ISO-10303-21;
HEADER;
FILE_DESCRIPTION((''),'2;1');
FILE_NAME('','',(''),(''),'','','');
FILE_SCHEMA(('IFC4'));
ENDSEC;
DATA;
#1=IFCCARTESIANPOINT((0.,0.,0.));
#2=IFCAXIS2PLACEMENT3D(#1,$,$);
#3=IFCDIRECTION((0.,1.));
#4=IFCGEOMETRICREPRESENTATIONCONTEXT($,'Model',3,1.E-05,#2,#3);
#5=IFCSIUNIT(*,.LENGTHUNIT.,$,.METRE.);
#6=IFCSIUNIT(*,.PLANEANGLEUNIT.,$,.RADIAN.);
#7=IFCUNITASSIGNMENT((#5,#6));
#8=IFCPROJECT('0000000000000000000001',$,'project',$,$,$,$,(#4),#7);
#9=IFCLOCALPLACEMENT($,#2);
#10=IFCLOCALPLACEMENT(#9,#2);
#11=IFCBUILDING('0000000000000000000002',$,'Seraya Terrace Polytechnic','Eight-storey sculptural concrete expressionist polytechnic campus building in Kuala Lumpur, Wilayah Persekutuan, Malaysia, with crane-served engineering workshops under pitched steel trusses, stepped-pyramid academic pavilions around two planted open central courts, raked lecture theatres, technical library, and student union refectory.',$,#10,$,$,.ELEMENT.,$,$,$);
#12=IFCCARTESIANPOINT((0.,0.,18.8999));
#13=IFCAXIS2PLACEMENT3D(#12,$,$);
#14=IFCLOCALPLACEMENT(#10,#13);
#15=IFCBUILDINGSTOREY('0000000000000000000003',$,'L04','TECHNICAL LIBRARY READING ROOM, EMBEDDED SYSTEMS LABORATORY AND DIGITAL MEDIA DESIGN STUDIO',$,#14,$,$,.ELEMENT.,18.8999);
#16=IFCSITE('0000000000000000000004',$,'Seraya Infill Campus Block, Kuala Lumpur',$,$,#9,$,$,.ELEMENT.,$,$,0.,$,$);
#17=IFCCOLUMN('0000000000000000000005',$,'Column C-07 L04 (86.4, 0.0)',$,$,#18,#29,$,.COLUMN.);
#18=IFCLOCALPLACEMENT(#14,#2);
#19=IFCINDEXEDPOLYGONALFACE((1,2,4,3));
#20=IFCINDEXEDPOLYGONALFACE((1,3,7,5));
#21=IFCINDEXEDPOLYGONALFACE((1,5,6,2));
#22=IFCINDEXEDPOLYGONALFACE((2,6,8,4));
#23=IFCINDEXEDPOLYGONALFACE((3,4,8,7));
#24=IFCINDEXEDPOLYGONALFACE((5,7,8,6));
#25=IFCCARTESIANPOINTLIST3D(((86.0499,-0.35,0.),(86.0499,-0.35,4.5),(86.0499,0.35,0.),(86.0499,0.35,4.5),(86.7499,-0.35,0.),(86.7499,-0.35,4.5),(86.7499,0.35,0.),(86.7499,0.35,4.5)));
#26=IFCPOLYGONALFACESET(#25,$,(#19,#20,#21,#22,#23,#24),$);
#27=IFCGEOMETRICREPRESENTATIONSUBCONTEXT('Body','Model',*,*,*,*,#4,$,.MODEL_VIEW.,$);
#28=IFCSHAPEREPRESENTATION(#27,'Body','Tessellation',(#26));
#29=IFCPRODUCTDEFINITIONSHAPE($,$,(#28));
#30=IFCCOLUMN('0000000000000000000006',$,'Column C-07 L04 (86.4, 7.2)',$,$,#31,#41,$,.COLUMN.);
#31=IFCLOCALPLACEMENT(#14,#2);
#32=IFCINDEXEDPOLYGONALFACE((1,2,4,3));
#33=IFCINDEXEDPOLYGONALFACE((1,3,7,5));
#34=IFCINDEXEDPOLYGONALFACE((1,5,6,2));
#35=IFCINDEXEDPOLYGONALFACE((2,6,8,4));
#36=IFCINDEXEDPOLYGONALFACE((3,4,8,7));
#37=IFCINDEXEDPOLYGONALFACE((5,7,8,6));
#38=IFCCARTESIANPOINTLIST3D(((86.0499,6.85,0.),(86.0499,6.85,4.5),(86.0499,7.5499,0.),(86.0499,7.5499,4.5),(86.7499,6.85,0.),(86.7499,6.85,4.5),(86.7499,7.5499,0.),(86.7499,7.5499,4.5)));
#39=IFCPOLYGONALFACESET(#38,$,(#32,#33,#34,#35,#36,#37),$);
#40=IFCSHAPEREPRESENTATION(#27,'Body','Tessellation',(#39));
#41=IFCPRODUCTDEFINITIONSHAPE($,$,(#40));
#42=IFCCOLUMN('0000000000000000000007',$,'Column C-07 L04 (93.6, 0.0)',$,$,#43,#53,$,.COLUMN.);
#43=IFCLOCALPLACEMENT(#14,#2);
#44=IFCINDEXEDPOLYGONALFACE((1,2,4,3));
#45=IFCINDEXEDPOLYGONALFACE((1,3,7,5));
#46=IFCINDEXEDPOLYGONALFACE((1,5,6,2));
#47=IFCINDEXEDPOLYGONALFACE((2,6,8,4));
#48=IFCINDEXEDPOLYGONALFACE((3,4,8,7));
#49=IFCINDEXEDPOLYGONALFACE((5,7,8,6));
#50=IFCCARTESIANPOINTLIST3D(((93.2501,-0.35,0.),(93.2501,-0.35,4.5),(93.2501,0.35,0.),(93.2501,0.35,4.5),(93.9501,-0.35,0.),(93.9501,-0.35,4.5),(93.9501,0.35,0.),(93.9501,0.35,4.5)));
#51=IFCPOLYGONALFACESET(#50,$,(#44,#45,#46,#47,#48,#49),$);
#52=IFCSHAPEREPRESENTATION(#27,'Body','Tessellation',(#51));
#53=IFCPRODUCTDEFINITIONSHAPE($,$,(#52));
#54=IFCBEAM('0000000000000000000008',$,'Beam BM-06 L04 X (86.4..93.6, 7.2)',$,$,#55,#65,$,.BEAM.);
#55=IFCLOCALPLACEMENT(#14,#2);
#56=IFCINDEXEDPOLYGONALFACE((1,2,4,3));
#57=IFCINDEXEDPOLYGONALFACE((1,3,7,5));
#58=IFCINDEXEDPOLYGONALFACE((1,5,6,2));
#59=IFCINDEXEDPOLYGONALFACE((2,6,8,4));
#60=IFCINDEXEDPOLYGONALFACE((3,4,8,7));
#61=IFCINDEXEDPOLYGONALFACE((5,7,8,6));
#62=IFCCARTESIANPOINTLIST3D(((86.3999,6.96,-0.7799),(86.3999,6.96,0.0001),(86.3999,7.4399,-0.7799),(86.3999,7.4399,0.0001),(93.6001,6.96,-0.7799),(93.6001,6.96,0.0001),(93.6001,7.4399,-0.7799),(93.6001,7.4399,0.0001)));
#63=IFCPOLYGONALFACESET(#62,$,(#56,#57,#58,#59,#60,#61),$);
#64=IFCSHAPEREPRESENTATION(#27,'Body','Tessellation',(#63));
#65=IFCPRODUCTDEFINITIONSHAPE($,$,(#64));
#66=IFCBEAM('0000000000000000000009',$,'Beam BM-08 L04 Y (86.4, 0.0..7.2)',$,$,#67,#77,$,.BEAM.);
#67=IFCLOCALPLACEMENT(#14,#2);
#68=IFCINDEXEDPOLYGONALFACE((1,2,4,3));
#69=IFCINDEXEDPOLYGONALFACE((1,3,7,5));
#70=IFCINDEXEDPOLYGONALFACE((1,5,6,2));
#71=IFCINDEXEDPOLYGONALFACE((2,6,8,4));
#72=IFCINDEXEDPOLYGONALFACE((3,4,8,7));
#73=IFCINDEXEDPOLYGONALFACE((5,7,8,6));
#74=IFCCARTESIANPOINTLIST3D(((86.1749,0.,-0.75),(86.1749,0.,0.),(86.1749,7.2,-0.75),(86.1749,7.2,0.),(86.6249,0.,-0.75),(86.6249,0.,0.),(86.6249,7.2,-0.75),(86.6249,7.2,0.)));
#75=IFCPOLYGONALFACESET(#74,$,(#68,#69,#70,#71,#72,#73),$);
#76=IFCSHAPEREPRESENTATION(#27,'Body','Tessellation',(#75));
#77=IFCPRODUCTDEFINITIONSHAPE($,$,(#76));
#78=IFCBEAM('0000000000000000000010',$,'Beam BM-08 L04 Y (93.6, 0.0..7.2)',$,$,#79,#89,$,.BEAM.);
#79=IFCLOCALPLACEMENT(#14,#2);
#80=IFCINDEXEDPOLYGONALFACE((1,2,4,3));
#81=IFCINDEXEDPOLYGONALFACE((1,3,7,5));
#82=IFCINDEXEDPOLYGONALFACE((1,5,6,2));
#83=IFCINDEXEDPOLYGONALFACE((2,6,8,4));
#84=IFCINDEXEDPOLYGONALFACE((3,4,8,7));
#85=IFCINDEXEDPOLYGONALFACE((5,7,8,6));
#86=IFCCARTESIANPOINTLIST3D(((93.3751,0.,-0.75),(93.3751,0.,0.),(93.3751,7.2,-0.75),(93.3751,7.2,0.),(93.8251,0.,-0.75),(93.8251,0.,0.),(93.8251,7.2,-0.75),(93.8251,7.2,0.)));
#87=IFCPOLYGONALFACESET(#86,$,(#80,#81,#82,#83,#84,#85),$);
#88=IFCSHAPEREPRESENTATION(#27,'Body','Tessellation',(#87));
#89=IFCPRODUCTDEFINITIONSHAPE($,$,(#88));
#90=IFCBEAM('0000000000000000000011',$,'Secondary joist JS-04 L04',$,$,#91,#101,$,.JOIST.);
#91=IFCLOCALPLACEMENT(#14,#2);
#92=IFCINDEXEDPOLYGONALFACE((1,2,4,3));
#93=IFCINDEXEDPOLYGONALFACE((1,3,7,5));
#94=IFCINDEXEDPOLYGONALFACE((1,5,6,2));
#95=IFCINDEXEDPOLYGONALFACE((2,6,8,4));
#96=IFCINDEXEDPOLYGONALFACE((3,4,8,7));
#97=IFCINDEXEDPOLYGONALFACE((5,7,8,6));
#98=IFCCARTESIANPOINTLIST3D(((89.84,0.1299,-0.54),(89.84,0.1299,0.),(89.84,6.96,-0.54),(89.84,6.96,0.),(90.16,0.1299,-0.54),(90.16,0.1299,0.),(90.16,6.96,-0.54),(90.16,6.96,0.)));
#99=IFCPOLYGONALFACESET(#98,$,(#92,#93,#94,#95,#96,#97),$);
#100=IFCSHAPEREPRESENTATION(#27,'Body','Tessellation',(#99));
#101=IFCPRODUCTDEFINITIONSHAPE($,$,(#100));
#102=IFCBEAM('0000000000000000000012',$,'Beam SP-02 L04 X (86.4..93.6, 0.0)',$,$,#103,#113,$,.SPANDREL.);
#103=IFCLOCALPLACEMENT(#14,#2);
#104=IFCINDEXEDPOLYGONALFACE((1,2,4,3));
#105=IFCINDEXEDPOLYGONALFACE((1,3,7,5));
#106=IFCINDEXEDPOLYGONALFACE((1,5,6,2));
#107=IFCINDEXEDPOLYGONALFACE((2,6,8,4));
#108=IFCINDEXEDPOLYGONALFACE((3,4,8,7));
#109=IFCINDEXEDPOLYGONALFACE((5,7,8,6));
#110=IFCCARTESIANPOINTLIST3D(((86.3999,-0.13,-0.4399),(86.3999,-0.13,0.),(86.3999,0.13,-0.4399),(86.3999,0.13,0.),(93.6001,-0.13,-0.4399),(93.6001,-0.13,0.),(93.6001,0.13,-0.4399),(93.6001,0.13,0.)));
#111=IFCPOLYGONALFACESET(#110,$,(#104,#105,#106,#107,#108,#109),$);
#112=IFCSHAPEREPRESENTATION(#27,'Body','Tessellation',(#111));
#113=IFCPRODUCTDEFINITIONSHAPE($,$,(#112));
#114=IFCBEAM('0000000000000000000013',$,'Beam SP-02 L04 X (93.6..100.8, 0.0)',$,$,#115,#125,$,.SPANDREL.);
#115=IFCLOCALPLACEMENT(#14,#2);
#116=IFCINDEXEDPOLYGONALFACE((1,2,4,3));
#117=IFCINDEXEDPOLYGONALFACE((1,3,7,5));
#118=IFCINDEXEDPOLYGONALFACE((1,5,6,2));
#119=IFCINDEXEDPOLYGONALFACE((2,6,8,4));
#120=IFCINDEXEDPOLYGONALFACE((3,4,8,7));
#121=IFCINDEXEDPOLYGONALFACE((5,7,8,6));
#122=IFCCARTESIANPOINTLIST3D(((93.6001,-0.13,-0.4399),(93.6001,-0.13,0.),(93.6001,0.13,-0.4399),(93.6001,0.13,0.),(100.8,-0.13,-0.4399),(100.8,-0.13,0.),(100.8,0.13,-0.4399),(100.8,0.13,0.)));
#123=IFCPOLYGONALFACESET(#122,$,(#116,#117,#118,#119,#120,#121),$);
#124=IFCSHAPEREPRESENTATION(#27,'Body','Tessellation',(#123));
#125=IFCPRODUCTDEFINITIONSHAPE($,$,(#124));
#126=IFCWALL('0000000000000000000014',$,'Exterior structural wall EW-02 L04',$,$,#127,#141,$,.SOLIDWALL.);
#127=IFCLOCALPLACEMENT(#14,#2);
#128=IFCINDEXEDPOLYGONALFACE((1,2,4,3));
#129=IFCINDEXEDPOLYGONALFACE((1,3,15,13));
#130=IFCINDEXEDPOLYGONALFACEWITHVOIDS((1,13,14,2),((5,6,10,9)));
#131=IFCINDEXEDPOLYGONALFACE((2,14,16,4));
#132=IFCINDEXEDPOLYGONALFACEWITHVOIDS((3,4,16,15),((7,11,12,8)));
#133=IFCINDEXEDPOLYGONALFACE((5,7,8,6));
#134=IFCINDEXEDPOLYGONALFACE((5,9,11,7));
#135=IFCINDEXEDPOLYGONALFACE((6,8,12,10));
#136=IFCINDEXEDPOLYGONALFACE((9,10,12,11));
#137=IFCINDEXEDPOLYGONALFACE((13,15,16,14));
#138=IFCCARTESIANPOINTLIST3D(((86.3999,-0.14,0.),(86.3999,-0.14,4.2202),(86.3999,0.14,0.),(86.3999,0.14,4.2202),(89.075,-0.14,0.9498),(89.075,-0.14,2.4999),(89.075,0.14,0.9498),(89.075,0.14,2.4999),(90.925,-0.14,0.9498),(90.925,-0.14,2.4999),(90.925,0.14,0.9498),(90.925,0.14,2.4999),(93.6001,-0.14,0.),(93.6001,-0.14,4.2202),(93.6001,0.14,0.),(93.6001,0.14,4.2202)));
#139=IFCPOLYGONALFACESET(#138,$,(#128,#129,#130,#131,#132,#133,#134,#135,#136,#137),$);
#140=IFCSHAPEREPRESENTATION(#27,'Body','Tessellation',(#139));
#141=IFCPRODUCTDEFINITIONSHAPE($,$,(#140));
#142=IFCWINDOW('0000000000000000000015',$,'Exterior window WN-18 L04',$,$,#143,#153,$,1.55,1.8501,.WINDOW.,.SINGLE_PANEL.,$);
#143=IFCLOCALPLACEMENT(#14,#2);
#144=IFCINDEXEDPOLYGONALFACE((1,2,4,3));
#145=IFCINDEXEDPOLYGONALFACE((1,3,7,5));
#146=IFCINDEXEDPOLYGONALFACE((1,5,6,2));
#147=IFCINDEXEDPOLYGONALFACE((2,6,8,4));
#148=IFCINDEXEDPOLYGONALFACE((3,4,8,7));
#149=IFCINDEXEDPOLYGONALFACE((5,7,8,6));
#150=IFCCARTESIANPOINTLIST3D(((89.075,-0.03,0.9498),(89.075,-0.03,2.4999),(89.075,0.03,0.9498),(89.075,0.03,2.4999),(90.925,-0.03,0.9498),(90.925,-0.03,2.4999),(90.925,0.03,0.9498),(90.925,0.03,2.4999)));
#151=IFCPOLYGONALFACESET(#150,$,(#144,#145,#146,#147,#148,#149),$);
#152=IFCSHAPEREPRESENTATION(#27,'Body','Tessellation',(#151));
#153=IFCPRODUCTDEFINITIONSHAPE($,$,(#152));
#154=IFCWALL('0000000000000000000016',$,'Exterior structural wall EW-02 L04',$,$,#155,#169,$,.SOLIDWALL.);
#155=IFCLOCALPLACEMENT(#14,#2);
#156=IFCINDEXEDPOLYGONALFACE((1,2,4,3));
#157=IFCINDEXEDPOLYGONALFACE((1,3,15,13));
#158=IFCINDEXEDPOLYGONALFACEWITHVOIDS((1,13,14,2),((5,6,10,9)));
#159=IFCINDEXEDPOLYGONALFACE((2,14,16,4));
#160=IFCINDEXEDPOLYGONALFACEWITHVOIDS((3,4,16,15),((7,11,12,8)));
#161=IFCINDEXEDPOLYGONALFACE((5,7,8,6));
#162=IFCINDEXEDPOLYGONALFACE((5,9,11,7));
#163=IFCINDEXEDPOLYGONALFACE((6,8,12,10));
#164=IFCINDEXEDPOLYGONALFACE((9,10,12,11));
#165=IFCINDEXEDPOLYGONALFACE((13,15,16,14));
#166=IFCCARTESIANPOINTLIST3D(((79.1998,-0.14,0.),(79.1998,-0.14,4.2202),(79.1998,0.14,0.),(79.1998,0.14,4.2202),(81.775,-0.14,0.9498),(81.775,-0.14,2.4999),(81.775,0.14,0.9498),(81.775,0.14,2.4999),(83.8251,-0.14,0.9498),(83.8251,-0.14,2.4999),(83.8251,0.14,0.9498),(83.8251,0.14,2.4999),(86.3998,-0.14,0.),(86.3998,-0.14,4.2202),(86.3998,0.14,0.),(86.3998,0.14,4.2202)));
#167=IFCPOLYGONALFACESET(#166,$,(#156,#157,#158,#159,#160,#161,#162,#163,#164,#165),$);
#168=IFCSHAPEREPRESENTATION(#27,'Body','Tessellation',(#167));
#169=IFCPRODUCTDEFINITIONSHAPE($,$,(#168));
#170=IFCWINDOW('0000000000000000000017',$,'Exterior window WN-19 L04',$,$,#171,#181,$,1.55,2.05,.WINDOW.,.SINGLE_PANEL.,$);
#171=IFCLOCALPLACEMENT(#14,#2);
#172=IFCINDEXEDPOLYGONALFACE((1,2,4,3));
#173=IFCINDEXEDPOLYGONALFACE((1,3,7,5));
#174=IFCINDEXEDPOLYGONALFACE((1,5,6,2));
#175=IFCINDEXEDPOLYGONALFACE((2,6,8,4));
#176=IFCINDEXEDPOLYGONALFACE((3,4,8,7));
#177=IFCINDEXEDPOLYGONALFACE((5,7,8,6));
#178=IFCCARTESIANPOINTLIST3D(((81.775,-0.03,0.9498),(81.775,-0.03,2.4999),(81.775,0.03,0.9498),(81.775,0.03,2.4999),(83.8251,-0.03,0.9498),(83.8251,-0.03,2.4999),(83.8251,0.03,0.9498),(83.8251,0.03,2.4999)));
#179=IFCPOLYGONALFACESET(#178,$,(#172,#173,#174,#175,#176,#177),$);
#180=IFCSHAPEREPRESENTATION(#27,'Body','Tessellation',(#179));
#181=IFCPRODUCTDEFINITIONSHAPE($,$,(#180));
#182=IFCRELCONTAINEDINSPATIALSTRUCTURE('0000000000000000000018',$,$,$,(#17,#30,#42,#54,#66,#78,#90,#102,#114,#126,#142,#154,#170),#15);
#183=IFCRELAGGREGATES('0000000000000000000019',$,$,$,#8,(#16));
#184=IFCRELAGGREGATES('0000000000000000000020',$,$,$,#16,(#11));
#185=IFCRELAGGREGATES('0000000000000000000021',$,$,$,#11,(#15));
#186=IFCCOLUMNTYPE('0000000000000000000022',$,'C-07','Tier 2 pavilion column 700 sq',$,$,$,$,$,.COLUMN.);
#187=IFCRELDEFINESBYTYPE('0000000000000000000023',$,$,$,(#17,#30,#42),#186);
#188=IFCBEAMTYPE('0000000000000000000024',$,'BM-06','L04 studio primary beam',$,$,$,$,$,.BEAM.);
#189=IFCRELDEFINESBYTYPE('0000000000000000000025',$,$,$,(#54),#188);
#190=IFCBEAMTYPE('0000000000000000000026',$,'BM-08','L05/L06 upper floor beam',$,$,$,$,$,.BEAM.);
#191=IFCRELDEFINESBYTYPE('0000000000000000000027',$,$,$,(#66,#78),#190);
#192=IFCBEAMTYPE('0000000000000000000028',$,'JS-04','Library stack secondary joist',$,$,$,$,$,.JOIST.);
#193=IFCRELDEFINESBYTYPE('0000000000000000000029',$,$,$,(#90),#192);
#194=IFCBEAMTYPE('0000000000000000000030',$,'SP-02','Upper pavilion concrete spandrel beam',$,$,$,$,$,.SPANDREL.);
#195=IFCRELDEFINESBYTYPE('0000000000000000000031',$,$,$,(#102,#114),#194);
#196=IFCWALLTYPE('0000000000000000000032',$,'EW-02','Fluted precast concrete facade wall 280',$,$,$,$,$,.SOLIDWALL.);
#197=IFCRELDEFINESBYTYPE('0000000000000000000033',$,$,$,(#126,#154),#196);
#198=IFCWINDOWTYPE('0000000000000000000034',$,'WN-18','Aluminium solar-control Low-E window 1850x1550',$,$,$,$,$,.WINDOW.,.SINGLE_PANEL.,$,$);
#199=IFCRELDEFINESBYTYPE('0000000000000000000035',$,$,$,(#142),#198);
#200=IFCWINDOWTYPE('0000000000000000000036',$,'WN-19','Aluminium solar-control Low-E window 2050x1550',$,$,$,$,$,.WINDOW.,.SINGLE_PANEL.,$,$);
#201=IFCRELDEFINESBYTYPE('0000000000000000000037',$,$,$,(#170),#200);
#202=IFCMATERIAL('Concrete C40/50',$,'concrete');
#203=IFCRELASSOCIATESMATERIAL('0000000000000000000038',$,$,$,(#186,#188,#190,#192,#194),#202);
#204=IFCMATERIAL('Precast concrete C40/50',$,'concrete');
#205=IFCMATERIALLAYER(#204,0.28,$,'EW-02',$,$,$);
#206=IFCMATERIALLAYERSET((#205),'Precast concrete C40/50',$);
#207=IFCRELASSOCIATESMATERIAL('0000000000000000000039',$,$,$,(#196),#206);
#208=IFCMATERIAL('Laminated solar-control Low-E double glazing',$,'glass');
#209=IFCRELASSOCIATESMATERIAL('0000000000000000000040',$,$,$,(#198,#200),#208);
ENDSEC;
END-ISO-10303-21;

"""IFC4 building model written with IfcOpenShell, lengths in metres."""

from ifc_helpers import new_model, si_unit, direction, frame, frame_2d, origin, origin_2d, place, context, subcontext, project, spatial, rectangle, extrude, material, layer, layer_set, material_profile, profile_set, type_object, element, fill, save


model = new_model("IFC4")

# Units and contexts
model_context = context("Model", 3, precision=1e-05, world=origin(), true_north=direction((0.0, 1.0)))
body_context = subcontext(model_context, "Body", "Model", "MODEL_VIEW")
ifc_project = project(units=[si_unit("LENGTHUNIT", "METRE"), si_unit("PLANEANGLEUNIT", "RADIAN")], contexts=[model_context])

# Site, building, storey
site_placement = place(None, origin())
site = spatial("IfcSite", under=ifc_project, at=site_placement, Name="Seraya Infill Campus Block, Kuala Lumpur", CompositionType="ELEMENT", RefElevation=0.0)
building_placement = place(site_placement, origin())
building = spatial("IfcBuilding", under=site, at=building_placement, Name="Seraya Terrace Polytechnic", Description="Eight-storey sculptural concrete expressionist polytechnic campus building in Kuala Lumpur, Wilayah Persekutuan, Malaysia, with crane-served engineering workshops under pitched steel trusses, stepped-pyramid academic pavilions around two planted open central courts, raked lecture theatres, technical library, and student union refectory.", CompositionType="ELEMENT")
storey_placement = place(building_placement, frame((0.0, 0.0, 18.8999)))
storey = spatial("IfcBuildingStorey", under=building, at=storey_placement, Name="L04", Description="TECHNICAL LIBRARY READING ROOM, EMBEDDED SYSTEMS LABORATORY AND DIGITAL MEDIA DESIGN STUDIO", CompositionType="ELEMENT", Elevation=18.8999)

# Columns
ifc_material_1 = material(Name="Concrete C40/50", Category="concrete")
ifc_material_profile_1 = material_profile(ifc_material_1, rectangle(XDim=0.7, YDim=0.7, at=origin_2d()), Name="RC 700x700")
ifc_profile_set_1 = profile_set([ifc_material_profile_1], Name="Concrete C40/50")
column_type = type_object("IfcColumnType", Name="C-07", Description="Tier 2 pavilion column 700 sq", PredefinedType="COLUMN", material=ifc_profile_set_1)
for number, where, z_axis, x_axis, name in (
    (1, (86.3999, 0.0, 0.0), (0.0, 0.0, 1.0), (1.0, 0.0, 0.0), "Column C-07 L04 (86.4, 0.0)"),
    (2, (86.3999, 7.2, 0.0), (0.0, 0.0, 1.0), (1.0, 0.0, 0.0), "Column C-07 L04 (86.4, 7.2)"),
    (3, (93.6001, 0.0, 0.0), (0.0, 0.0, 1.0), (1.0, 0.0, 0.0), "Column C-07 L04 (93.6, 0.0)"),
):
    element("IfcColumn", number, at=place(storey_placement, frame(where, z_axis=z_axis, x_axis=x_axis)), inside=storey, type_object=column_type, Name=name, PredefinedType="COLUMN", context=body_context, shape_type="SweptSolid", body=[
        extrude(rectangle(XDim=0.7, YDim=0.7, at=origin_2d()), origin(), (0.0, 0.0, 1.0), 4.5),
    ])

# Beams
ifc_material_profile_2 = material_profile(ifc_material_1, rectangle(XDim=0.48, YDim=0.78, at=origin_2d()), Name="RC 480x780")
ifc_profile_set_2 = profile_set([ifc_material_profile_2], Name="Concrete C40/50")
beam_type_1 = type_object("IfcBeamType", Name="BM-06", Description="L04 studio primary beam", PredefinedType="BEAM", material=ifc_profile_set_2)
beam_1_placement = place(storey_placement, frame((86.3999, 7.2, -0.3899), z_axis=(1.0, 0.0, 0.0), x_axis=(0.0, 1.0, 0.0)))
element("IfcBeam", 4, at=beam_1_placement, inside=storey, type_object=beam_type_1, Name="Beam BM-06 L04 X (86.4..93.6, 7.2)", PredefinedType="BEAM", context=body_context, shape_type="SweptSolid", body=[
    extrude(rectangle(XDim=0.48, YDim=0.78, at=origin_2d()), origin(), (0.0, 0.0, 1.0), 7.2002),
])
ifc_material_profile_3 = material_profile(ifc_material_1, rectangle(XDim=0.45, YDim=0.75, at=origin_2d()), Name="RC 450x750")
ifc_profile_set_3 = profile_set([ifc_material_profile_3], Name="Concrete C40/50")
beam_type_2 = type_object("IfcBeamType", Name="BM-08", Description="L05/L06 upper floor beam", PredefinedType="BEAM", material=ifc_profile_set_3)
for number, where, z_axis, x_axis, name in (
    (5, (86.3999, 0.0, -0.375), (0.0, 1.0, 0.0), (-1.0, 0.0, 0.0), "Beam BM-08 L04 Y (86.4, 0.0..7.2)"),
    (6, (93.6001, 0.0, -0.375), (0.0, 1.0, 0.0), (-1.0, 0.0, 0.0), "Beam BM-08 L04 Y (93.6, 0.0..7.2)"),
):
    element("IfcBeam", number, at=place(storey_placement, frame(where, z_axis=z_axis, x_axis=x_axis)), inside=storey, type_object=beam_type_2, Name=name, PredefinedType="BEAM", context=body_context, shape_type="SweptSolid", body=[
        extrude(rectangle(XDim=0.45, YDim=0.75, at=origin_2d()), origin(), (0.0, 0.0, 1.0), 7.2),
    ])
ifc_material_profile_4 = material_profile(ifc_material_1, rectangle(XDim=0.3201, YDim=0.54, at=origin_2d()), Name="RC 320x540")
ifc_profile_set_4 = profile_set([ifc_material_profile_4], Name="Concrete C40/50")
beam_type_3 = type_object("IfcBeamType", Name="JS-04", Description="Library stack secondary joist", PredefinedType="JOIST", material=ifc_profile_set_4)
beam_2_placement = place(storey_placement, frame((90.0, 0.1299, -0.27), z_axis=(0.0, 1.0, 0.0), x_axis=(-1.0, 0.0, 0.0)))
element("IfcBeam", 7, at=beam_2_placement, inside=storey, type_object=beam_type_3, Name="Secondary joist JS-04 L04", PredefinedType="JOIST", context=body_context, shape_type="SweptSolid", body=[
    extrude(rectangle(XDim=0.3201, YDim=0.54, at=origin_2d()), origin(), (0.0, 0.0, 1.0), 6.8301),
])
ifc_material_profile_5 = material_profile(ifc_material_1, rectangle(XDim=0.26, YDim=0.4399, at=origin_2d()), Name="RC 260x440")
ifc_profile_set_5 = profile_set([ifc_material_profile_5], Name="Concrete C40/50")
beam_type_4 = type_object("IfcBeamType", Name="SP-02", Description="Upper pavilion concrete spandrel beam", PredefinedType="SPANDREL", material=ifc_profile_set_5)
beam_3_placement = place(storey_placement, frame((86.3999, 0.0, -0.22), z_axis=(1.0, 0.0, 0.0), x_axis=(0.0, 1.0, 0.0)))
element("IfcBeam", 8, at=beam_3_placement, inside=storey, type_object=beam_type_4, Name="Beam SP-02 L04 X (86.4..93.6, 0.0)", PredefinedType="SPANDREL", context=body_context, shape_type="SweptSolid", body=[
    extrude(rectangle(XDim=0.26, YDim=0.4399, at=origin_2d()), origin(), (0.0, 0.0, 1.0), 7.2002),
])
beam_4_placement = place(storey_placement, frame((93.6001, 0.0, -0.22), z_axis=(1.0, 0.0, 0.0), x_axis=(0.0, 1.0, 0.0)))
element("IfcBeam", 9, at=beam_4_placement, inside=storey, type_object=beam_type_4, Name="Beam SP-02 L04 X (93.6..100.8, 0.0)", PredefinedType="SPANDREL", context=body_context, shape_type="SweptSolid", body=[
    extrude(rectangle(XDim=0.26, YDim=0.4399, at=origin_2d()), origin(), (0.0, 0.0, 1.0), 7.2),
])

# Walls, openings, windows
ifc_material_2 = material(Name="Precast concrete C40/50", Category="concrete")
ifc_layer_1 = layer(ifc_material_2, 0.28, Name="EW-02")
ifc_layer_set_1 = layer_set([ifc_layer_1], Name="Precast concrete C40/50")
wall_type_1 = type_object("IfcWallType", Name="EW-02", Description="Fluted precast concrete facade wall 280", PredefinedType="SOLIDWALL", material=ifc_layer_set_1)
wall_1_placement = place(storey_placement, frame((93.6001, 0.0, 0.0), z_axis=(0.0, 0.0, 1.0), x_axis=(-1.0, 0.0, 0.0)))
wall_1 = element("IfcWall", 10, at=wall_1_placement, inside=storey, type_object=wall_type_1, Name="Exterior structural wall EW-02 L04", PredefinedType="SOLIDWALL", context=body_context, shape_type="SweptSolid", body=[
    extrude(rectangle(XDim=7.2002, YDim=0.28, at=frame_2d((3.6001, 0.0))), origin(), (0.0, 0.0, 1.0), 4.2202),
])
opening_1_placement = place(wall_1_placement, frame((2.675, 0.0, 0.95)))
opening_1 = element("IfcOpeningElement", 11, at=opening_1_placement, cuts=wall_1, PredefinedType="OPENING", context=body_context, shape_type="SweptSolid", body=[
    extrude(rectangle(XDim=1.8501, YDim=1.55, at=frame_2d((0.925, 0.7749))), frame((0.0, 0.1519, 0.0), z_axis=(0.0, -1.0, 0.0), x_axis=(1.0, 0.0, 0.0)), (0.0, 0.0, 1.0), 0.304),
])
ifc_material_3 = material(Name="Laminated solar-control Low-E double glazing", Category="glass")
window_type_1 = type_object("IfcWindowType", Name="WN-18", Description="Aluminium solar-control Low-E window 1850x1550", PartitioningType="SINGLE_PANEL", PredefinedType="WINDOW", material=ifc_material_3)
window_1_placement = place(opening_1_placement, origin())
window_1 = element("IfcWindow", 12, at=window_1_placement, inside=storey, type_object=window_type_1, Name="Exterior window WN-18 L04", OverallHeight=1.55, OverallWidth=1.8501, PartitioningType="SINGLE_PANEL", PredefinedType="WINDOW", context=body_context, shape_type="SweptSolid", body=[
    extrude(rectangle(XDim=1.8501, YDim=1.55, at=frame_2d((0.925, 0.7749))), frame((0.0, 0.03, 0.0), z_axis=(0.0, -1.0, 0.0), x_axis=(1.0, 0.0, 0.0)), (0.0, 0.0, 1.0), 0.0601),
])
fill(opening_1, window_1)
wall_2_placement = place(storey_placement, frame((86.3999, 0.0, 0.0), z_axis=(0.0, 0.0, 1.0), x_axis=(-1.0, 0.0, 0.0)))
wall_2 = element("IfcWall", 13, at=wall_2_placement, inside=storey, type_object=wall_type_1, Name="Exterior structural wall EW-02 L04", PredefinedType="SOLIDWALL", context=body_context, shape_type="SweptSolid", body=[
    extrude(rectangle(XDim=7.2, YDim=0.28, at=frame_2d((3.6001, 0.0))), origin(), (0.0, 0.0, 1.0), 4.2202),
])
opening_2_placement = place(wall_2_placement, frame((2.575, 0.0, 0.95)))
opening_2 = element("IfcOpeningElement", 14, at=opening_2_placement, cuts=wall_2, PredefinedType="OPENING", context=body_context, shape_type="SweptSolid", body=[
    extrude(rectangle(XDim=2.05, YDim=1.55, at=frame_2d((1.0249, 0.7749))), frame((0.0, 0.1519, 0.0), z_axis=(0.0, -1.0, 0.0), x_axis=(1.0, 0.0, 0.0)), (0.0, 0.0, 1.0), 0.304),
])
window_type_2 = type_object("IfcWindowType", Name="WN-19", Description="Aluminium solar-control Low-E window 2050x1550", PartitioningType="SINGLE_PANEL", PredefinedType="WINDOW", material=ifc_material_3)
window_2_placement = place(opening_2_placement, origin())
window_2 = element("IfcWindow", 15, at=window_2_placement, inside=storey, type_object=window_type_2, Name="Exterior window WN-19 L04", OverallHeight=1.55, OverallWidth=2.05, PartitioningType="SINGLE_PANEL", PredefinedType="WINDOW", context=body_context, shape_type="SweptSolid", body=[
    extrude(rectangle(XDim=2.05, YDim=1.55, at=frame_2d((1.0249, 0.7749))), frame((0.0, 0.03, 0.0), z_axis=(0.0, -1.0, 0.0), x_axis=(1.0, 0.0, 0.0)), (0.0, 0.0, 1.0), 0.0601),
])
fill(opening_2, window_2)

save(model, "model.ifc")
